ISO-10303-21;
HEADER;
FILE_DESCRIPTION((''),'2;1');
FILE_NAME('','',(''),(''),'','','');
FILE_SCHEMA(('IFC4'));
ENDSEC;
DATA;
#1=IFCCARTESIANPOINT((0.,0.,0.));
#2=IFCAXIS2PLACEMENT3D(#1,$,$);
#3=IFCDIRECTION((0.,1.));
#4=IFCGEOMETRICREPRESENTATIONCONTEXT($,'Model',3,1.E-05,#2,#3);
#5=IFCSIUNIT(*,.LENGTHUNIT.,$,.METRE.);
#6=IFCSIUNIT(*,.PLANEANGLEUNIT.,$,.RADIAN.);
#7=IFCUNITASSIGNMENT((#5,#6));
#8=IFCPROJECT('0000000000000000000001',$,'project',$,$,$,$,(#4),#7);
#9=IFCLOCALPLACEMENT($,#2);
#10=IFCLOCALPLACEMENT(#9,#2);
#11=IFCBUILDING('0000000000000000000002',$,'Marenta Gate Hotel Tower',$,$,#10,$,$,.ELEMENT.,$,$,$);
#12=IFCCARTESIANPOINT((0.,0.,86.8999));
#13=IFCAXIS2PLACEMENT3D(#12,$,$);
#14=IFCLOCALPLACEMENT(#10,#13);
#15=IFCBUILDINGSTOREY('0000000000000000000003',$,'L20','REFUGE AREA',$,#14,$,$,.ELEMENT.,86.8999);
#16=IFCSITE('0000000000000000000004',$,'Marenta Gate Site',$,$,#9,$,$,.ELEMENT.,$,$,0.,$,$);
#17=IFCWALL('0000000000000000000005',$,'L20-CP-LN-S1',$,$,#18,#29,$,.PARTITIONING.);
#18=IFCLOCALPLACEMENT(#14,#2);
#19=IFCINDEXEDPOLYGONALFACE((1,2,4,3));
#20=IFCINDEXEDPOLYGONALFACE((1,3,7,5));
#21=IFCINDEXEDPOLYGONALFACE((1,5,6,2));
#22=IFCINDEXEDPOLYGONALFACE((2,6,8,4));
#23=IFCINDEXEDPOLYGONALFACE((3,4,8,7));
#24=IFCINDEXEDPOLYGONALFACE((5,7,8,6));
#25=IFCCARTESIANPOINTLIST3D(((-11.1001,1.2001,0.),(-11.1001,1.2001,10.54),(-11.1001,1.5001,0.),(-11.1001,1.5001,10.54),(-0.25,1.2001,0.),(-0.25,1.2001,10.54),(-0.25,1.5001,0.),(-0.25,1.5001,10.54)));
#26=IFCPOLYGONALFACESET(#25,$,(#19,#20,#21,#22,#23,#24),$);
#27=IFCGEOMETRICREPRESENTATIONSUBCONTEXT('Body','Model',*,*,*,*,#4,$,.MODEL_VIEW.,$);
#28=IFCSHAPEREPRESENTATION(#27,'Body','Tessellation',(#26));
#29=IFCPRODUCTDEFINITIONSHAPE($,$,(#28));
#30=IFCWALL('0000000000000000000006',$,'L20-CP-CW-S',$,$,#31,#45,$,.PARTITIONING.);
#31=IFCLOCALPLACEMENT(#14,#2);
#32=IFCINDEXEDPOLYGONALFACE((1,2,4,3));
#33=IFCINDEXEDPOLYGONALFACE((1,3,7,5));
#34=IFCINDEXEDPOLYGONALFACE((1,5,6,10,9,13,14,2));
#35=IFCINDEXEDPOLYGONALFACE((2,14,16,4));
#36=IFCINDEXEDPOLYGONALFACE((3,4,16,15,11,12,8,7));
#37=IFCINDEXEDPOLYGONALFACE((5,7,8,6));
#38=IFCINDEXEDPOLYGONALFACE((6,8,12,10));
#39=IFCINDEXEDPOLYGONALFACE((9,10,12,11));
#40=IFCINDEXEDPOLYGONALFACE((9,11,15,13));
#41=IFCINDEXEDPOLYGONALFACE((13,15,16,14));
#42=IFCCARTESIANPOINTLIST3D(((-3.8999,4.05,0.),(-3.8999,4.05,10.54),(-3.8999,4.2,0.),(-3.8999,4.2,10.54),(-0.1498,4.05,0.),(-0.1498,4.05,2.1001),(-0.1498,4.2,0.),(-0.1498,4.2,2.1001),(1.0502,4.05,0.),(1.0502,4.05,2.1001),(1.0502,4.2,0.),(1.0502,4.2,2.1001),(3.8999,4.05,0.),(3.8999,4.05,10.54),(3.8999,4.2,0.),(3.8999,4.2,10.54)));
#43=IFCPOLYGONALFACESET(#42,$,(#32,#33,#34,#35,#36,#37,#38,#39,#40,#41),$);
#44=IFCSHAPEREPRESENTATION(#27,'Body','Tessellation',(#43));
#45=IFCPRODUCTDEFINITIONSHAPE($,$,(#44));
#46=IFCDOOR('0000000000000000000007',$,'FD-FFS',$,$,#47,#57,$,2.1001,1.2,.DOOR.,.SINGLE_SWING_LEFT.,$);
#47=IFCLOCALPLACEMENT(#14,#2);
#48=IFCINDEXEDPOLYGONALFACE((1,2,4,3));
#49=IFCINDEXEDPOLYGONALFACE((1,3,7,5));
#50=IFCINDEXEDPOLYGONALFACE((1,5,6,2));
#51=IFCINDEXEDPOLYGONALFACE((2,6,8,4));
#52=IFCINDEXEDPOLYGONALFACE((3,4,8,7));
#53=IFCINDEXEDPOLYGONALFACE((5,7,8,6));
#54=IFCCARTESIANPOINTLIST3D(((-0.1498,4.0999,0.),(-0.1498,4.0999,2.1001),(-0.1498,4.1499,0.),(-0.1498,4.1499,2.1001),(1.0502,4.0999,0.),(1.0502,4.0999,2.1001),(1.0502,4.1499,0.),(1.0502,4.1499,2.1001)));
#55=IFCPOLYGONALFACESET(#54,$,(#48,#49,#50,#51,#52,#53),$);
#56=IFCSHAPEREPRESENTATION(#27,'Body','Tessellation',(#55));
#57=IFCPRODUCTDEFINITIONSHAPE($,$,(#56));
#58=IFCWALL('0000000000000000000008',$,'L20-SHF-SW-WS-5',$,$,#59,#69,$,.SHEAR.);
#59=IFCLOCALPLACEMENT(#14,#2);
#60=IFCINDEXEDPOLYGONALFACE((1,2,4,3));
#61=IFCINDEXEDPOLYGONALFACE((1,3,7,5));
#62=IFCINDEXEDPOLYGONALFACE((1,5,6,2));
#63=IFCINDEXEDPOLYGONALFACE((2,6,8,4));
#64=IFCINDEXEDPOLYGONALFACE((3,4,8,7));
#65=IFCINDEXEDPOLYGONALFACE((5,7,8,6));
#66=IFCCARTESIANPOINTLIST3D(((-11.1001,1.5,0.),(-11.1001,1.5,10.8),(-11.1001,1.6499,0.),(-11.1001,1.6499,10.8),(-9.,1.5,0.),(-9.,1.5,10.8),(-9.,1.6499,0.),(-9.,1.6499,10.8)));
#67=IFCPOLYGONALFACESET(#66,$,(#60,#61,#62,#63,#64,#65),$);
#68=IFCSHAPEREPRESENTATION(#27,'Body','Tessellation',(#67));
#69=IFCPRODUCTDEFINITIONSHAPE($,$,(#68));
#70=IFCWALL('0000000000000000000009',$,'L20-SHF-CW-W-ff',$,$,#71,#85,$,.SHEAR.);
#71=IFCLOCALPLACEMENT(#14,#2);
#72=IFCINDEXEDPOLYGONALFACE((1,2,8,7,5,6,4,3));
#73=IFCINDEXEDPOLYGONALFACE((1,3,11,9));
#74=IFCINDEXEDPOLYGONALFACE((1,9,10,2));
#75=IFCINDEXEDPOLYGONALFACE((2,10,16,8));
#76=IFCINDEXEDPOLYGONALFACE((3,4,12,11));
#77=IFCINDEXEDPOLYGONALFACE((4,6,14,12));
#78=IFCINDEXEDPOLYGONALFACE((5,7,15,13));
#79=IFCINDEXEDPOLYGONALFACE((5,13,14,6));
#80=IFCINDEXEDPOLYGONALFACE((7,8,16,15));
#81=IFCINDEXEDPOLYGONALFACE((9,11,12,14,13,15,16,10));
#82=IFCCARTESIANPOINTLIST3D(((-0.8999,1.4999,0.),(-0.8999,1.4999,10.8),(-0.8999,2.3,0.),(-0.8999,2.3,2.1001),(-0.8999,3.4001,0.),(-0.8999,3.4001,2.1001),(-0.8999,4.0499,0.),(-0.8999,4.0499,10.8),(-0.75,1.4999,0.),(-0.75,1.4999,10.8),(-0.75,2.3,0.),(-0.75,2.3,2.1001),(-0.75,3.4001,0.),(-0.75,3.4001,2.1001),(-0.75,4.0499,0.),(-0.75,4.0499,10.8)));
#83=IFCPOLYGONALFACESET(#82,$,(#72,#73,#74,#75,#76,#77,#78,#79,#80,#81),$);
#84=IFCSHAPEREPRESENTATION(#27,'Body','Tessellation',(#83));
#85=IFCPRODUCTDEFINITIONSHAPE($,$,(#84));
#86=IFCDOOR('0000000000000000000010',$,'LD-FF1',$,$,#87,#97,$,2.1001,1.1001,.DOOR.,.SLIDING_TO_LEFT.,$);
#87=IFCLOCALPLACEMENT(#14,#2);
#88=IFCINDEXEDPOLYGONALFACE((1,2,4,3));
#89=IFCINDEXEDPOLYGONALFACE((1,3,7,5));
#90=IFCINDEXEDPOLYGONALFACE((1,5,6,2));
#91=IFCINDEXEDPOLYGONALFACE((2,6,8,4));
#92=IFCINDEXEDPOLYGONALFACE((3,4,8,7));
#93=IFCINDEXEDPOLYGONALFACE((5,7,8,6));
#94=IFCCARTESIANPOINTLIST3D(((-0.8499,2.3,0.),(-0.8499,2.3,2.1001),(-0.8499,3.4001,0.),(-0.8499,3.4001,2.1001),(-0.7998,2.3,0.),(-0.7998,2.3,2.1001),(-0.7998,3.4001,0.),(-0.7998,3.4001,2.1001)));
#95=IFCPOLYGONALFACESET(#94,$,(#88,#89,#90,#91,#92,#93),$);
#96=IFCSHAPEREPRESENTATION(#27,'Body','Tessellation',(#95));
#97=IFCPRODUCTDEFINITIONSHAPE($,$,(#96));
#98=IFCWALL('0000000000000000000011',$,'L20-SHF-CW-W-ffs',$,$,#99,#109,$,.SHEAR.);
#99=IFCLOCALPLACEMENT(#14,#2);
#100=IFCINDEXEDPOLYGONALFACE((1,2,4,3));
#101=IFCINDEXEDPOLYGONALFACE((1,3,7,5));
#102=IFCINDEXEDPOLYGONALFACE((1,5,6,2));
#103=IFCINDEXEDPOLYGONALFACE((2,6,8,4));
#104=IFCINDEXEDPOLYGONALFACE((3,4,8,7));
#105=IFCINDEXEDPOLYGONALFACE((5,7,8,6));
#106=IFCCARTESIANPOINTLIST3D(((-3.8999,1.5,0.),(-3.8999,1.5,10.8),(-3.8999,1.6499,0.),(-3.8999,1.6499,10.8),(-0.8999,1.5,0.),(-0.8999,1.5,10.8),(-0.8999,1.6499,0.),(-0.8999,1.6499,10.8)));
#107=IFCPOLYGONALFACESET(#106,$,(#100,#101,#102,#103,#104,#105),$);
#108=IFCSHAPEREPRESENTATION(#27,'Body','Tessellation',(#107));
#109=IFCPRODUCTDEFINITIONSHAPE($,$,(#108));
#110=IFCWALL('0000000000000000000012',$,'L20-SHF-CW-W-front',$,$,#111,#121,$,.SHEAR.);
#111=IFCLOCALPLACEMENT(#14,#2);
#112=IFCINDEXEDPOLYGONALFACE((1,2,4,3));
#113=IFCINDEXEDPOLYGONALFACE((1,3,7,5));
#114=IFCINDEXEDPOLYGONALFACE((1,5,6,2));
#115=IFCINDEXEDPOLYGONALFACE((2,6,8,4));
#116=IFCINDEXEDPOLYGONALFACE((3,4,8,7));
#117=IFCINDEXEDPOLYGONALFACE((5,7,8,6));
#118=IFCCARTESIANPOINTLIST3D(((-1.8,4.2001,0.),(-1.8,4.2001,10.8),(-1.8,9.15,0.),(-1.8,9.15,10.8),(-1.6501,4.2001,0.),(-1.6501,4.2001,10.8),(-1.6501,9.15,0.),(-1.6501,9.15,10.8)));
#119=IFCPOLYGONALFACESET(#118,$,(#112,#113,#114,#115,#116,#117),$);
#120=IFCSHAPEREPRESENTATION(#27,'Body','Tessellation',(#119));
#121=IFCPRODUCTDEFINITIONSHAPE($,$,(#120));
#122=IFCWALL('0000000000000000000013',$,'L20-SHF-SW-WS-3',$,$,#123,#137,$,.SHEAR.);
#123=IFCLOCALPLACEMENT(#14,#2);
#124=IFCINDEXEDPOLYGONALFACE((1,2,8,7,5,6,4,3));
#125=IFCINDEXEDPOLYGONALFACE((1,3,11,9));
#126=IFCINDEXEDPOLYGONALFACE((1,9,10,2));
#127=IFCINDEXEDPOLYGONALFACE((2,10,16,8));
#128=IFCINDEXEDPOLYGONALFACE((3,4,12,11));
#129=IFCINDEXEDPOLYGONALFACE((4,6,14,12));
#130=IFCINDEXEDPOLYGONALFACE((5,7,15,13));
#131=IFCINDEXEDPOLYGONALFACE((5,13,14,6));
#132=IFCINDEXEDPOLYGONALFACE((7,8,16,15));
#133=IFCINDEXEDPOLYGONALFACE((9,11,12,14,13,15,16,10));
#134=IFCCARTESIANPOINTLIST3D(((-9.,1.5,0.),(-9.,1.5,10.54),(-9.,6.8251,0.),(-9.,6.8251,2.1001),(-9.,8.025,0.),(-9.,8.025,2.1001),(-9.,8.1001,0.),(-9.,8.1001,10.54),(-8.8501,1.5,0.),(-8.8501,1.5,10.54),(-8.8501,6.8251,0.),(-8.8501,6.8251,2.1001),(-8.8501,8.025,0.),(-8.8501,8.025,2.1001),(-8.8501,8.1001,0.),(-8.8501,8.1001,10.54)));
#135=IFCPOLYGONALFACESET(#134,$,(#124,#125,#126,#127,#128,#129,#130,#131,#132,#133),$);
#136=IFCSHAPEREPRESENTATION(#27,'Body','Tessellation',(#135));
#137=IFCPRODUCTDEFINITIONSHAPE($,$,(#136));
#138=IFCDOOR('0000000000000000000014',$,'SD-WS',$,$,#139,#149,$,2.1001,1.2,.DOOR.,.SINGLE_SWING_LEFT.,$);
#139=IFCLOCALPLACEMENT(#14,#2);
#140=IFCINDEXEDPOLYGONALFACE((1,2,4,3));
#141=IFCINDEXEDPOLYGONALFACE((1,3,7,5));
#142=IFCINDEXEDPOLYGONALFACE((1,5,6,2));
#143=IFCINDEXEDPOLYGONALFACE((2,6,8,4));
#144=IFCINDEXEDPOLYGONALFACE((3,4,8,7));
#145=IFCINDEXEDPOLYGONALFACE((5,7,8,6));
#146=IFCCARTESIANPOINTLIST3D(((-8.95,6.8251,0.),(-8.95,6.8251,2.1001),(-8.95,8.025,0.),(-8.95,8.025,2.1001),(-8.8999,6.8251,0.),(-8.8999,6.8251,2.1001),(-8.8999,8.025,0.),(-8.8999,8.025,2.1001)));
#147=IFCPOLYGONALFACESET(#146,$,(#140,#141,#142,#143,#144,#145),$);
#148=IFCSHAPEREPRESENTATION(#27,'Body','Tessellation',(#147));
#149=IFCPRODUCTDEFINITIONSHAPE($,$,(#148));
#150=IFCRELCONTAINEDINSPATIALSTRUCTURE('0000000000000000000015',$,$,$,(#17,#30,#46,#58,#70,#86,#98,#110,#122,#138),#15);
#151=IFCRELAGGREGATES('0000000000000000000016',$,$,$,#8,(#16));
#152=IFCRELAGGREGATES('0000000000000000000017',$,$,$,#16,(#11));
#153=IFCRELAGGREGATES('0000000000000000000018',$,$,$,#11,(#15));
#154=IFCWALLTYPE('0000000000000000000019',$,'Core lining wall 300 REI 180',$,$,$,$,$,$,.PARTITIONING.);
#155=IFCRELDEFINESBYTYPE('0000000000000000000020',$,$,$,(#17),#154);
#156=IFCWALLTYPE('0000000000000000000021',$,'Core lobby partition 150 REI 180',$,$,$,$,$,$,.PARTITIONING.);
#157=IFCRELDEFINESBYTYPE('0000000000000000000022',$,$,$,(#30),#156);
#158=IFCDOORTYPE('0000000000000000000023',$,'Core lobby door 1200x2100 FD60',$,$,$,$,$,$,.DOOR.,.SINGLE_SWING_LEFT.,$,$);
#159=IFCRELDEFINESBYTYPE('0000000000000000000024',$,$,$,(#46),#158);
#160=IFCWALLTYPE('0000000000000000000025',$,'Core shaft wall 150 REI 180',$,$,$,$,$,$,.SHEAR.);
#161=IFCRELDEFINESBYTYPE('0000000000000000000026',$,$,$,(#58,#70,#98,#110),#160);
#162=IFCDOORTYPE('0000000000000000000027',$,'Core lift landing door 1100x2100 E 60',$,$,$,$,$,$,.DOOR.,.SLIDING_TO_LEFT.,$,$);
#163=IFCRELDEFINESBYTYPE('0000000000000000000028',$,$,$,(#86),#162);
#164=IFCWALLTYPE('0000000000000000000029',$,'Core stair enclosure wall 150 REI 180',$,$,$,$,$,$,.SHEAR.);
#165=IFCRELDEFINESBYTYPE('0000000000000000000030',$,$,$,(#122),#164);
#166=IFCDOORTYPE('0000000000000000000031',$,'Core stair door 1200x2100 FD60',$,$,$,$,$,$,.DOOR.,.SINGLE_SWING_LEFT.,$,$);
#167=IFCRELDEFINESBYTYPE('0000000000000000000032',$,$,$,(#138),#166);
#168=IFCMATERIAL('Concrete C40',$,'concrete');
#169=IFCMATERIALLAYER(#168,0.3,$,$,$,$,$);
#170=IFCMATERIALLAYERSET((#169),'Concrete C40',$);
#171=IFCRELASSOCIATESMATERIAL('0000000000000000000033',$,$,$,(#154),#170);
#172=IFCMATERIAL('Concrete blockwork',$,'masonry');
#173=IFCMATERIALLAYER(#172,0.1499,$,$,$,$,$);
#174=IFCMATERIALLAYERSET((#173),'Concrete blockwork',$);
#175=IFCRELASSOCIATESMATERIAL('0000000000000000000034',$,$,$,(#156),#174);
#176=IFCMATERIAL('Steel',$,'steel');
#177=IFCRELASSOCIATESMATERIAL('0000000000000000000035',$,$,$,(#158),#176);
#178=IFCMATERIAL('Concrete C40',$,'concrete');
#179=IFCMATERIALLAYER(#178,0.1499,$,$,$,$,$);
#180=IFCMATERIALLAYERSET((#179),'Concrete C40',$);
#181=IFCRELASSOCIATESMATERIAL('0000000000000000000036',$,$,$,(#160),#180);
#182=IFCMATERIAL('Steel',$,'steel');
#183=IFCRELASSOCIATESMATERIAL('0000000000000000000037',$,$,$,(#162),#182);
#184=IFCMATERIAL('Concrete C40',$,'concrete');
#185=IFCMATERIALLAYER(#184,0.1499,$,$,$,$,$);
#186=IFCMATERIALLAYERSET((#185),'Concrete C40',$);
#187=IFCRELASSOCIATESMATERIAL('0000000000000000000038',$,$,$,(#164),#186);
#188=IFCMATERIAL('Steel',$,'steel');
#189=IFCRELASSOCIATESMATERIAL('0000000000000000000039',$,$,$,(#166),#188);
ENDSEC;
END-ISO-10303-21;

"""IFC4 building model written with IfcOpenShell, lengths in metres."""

from ifc_helpers import new_model, si_unit, direction, frame, frame_2d, origin, place, context, subcontext, project, spatial, rectangle, extrude, material, layer, layer_set, type_object, element, fill, save


model = new_model("IFC4")

# Units and contexts
model_context = context("Model", 3, precision=1e-05, world=origin(), true_north=direction((0.0, 1.0)))
body_context = subcontext(model_context, "Body", "Model", "MODEL_VIEW")
ifc_project = project(units=[si_unit("LENGTHUNIT", "METRE"), si_unit("PLANEANGLEUNIT", "RADIAN")], contexts=[model_context])

# Site, building, storey
site_placement = place(None, origin())
site = spatial("IfcSite", under=ifc_project, at=site_placement, Name="Marenta Gate Site", CompositionType="ELEMENT", RefElevation=0.0)
building_placement = place(site_placement, origin())
building = spatial("IfcBuilding", under=site, at=building_placement, Name="Marenta Gate Hotel Tower", CompositionType="ELEMENT")
storey_placement = place(building_placement, frame((0.0, 0.0, 86.8999)))
storey = spatial("IfcBuildingStorey", under=building, at=storey_placement, Name="L20", Description="REFUGE AREA", CompositionType="ELEMENT", Elevation=86.8999)

# Wall
ifc_material_1 = material(Name="Concrete C40", Category="concrete")
ifc_layer_1 = layer(ifc_material_1, 0.3)
ifc_layer_set_1 = layer_set([ifc_layer_1], Name="Concrete C40")
wall_type_1 = type_object("IfcWallType", Name="Core lining wall 300 REI 180", PredefinedType="PARTITIONING", material=ifc_layer_set_1)
wall_1_placement = place(storey_placement, frame((-11.1001, 1.3501, 0.0), z_axis=(0.0, 0.0, 1.0), x_axis=(1.0, 0.0, 0.0)))
element("IfcWall", 1, at=wall_1_placement, inside=storey, type_object=wall_type_1, Name="L20-CP-LN-S1", PredefinedType="PARTITIONING", context=body_context, shape_type="SweptSolid", body=[
    extrude(rectangle(XDim=10.8501, YDim=0.3, at=frame_2d((5.425, 0.0))), origin(), (0.0, 0.0, 1.0), 10.54),
])

# Wall, opening, door
ifc_material_2 = material(Name="Concrete blockwork", Category="masonry")
ifc_layer_2 = layer(ifc_material_2, 0.1499)
ifc_layer_set_2 = layer_set([ifc_layer_2], Name="Concrete blockwork")
wall_type_2 = type_object("IfcWallType", Name="Core lobby partition 150 REI 180", PredefinedType="PARTITIONING", material=ifc_layer_set_2)
wall_2_placement = place(storey_placement, frame((-3.8999, 4.125, 0.0), z_axis=(0.0, 0.0, 1.0), x_axis=(1.0, 0.0, 0.0)))
wall_2 = element("IfcWall", 2, at=wall_2_placement, inside=storey, type_object=wall_type_2, Name="L20-CP-CW-S", PredefinedType="PARTITIONING", context=body_context, shape_type="SweptSolid", body=[
    extrude(rectangle(XDim=7.7998, YDim=0.1499, at=frame_2d((3.8999, 0.0))), origin(), (0.0, 0.0, 1.0), 10.54),
])
opening_1_placement = place(wall_2_placement, frame((3.75, 0.0, 0.0)))
opening_1 = element("IfcOpeningElement", 3, at=opening_1_placement, cuts=wall_2, PredefinedType="OPENING", context=body_context, shape_type="SweptSolid", body=[
    extrude(rectangle(XDim=1.2, YDim=2.1001, at=frame_2d((0.6001, 1.05))), frame((0.0, 0.075, 0.0), z_axis=(0.0, -1.0, 0.0), x_axis=(1.0, 0.0, 0.0)), (0.0, 0.0, 1.0), 0.1499),
])
ifc_material_3 = material(Name="Steel", Category="steel")
door_type_1 = type_object("IfcDoorType", Name="Core lobby door 1200x2100 FD60", OperationType="SINGLE_SWING_LEFT", PredefinedType="DOOR", material=ifc_material_3)
door_1_placement = place(opening_1_placement, origin())
door_1 = element("IfcDoor", 4, at=door_1_placement, inside=storey, type_object=door_type_1, Name="FD-FFS", OperationType="SINGLE_SWING_LEFT", OverallHeight=2.1001, OverallWidth=1.2, PredefinedType="DOOR", context=body_context, shape_type="SweptSolid", body=[
    extrude(rectangle(XDim=1.2, YDim=2.1001, at=frame_2d((0.6001, 1.05))), frame((0.0, 0.0249, 0.0), z_axis=(0.0, -1.0, 0.0), x_axis=(1.0, 0.0, 0.0)), (0.0, 0.0, 1.0), 0.05),
])
fill(opening_1, door_1)

# Wall
ifc_material_4 = material(Name="Concrete C40", Category="concrete")
ifc_layer_3 = layer(ifc_material_4, 0.1499)
ifc_layer_set_3 = layer_set([ifc_layer_3], Name="Concrete C40")
wall_type_3 = type_object("IfcWallType", Name="Core shaft wall 150 REI 180", PredefinedType="SHEAR", material=ifc_layer_set_3)
wall_3_placement = place(storey_placement, frame((-11.1001, 1.575, 0.0), z_axis=(0.0, 0.0, 1.0), x_axis=(1.0, 0.0, 0.0)))
element("IfcWall", 5, at=wall_3_placement, inside=storey, type_object=wall_type_3, Name="L20-SHF-SW-WS-5", PredefinedType="SHEAR", context=body_context, shape_type="SweptSolid", body=[
    extrude(rectangle(XDim=2.1001, YDim=0.1499, at=frame_2d((1.05, 0.0))), origin(), (0.0, 0.0, 1.0), 10.8),
])

# Wall, opening, door
wall_4_placement = place(storey_placement, frame((-0.825, 1.5, 0.0), z_axis=(0.0, 0.0, 1.0), x_axis=(0.0, 1.0, 0.0)))
wall_4 = element("IfcWall", 6, at=wall_4_placement, inside=storey, type_object=wall_type_3, Name="L20-SHF-CW-W-ff", PredefinedType="SHEAR", context=body_context, shape_type="SweptSolid", body=[
    extrude(rectangle(XDim=2.55, YDim=0.1499, at=frame_2d((1.2749, 0.0))), origin(), (0.0, 0.0, 1.0), 10.8),
])
opening_2_placement = place(wall_4_placement, frame((0.8, 0.0, 0.0)))
opening_2 = element("IfcOpeningElement", 7, at=opening_2_placement, cuts=wall_4, PredefinedType="OPENING", context=body_context, shape_type="SweptSolid", body=[
    extrude(rectangle(XDim=1.1001, YDim=2.1001, at=frame_2d((0.55, 1.05))), frame((0.0, 0.075, 0.0), z_axis=(0.0, -1.0, 0.0), x_axis=(1.0, 0.0, 0.0)), (0.0, 0.0, 1.0), 0.1499),
])
ifc_material_5 = material(Name="Steel", Category="steel")
door_type_2 = type_object("IfcDoorType", Name="Core lift landing door 1100x2100 E 60", OperationType="SLIDING_TO_LEFT", PredefinedType="DOOR", material=ifc_material_5)
door_2_placement = place(opening_2_placement, origin())
door_2 = element("IfcDoor", 8, at=door_2_placement, inside=storey, type_object=door_type_2, Name="LD-FF1", OperationType="SLIDING_TO_LEFT", OverallHeight=2.1001, OverallWidth=1.1001, PredefinedType="DOOR", context=body_context, shape_type="SweptSolid", body=[
    extrude(rectangle(XDim=1.1001, YDim=2.1001, at=frame_2d((0.55, 1.05))), frame((0.0, 0.0249, 0.0), z_axis=(0.0, -1.0, 0.0), x_axis=(1.0, 0.0, 0.0)), (0.0, 0.0, 1.0), 0.05),
])
fill(opening_2, door_2)

# Walls
wall_5_placement = place(storey_placement, frame((-3.8999, 1.575, 0.0), z_axis=(0.0, 0.0, 1.0), x_axis=(1.0, 0.0, 0.0)))
element("IfcWall", 9, at=wall_5_placement, inside=storey, type_object=wall_type_3, Name="L20-SHF-CW-W-ffs", PredefinedType="SHEAR", context=body_context, shape_type="SweptSolid", body=[
    extrude(rectangle(XDim=3.0, YDim=0.1499, at=frame_2d((1.5, 0.0))), origin(), (0.0, 0.0, 1.0), 10.8),
])
wall_6_placement = place(storey_placement, frame((-1.7251, 4.2, 0.0), z_axis=(0.0, 0.0, 1.0), x_axis=(0.0, 1.0, 0.0)))
element("IfcWall", 10, at=wall_6_placement, inside=storey, type_object=wall_type_3, Name="L20-SHF-CW-W-front", PredefinedType="SHEAR", context=body_context, shape_type="SweptSolid", body=[
    extrude(rectangle(XDim=4.95, YDim=0.1499, at=frame_2d((2.4751, 0.0))), origin(), (0.0, 0.0, 1.0), 10.8),
])

# Wall, opening, door
ifc_material_6 = material(Name="Concrete C40", Category="concrete")
ifc_layer_4 = layer(ifc_material_6, 0.1499)
ifc_layer_set_4 = layer_set([ifc_layer_4], Name="Concrete C40")
wall_type_4 = type_object("IfcWallType", Name="Core stair enclosure wall 150 REI 180", PredefinedType="SHEAR", material=ifc_layer_set_4)
wall_7_placement = place(storey_placement, frame((-8.925, 1.5, 0.0), z_axis=(0.0, 0.0, 1.0), x_axis=(0.0, 1.0, 0.0)))
wall_7 = element("IfcWall", 11, at=wall_7_placement, inside=storey, type_object=wall_type_4, Name="L20-SHF-SW-WS-3", PredefinedType="SHEAR", context=body_context, shape_type="SweptSolid", body=[
    extrude(rectangle(XDim=6.6001, YDim=0.1499, at=frame_2d((3.3, 0.0))), origin(), (0.0, 0.0, 1.0), 10.54),
])
opening_3_placement = place(wall_7_placement, frame((5.325, 0.0, 0.0)))
opening_3 = element("IfcOpeningElement", 12, at=opening_3_placement, cuts=wall_7, PredefinedType="OPENING", context=body_context, shape_type="SweptSolid", body=[
    extrude(rectangle(XDim=1.2, YDim=2.1001, at=frame_2d((0.6001, 1.05))), frame((0.0, 0.075, 0.0), z_axis=(0.0, -1.0, 0.0), x_axis=(1.0, 0.0, 0.0)), (0.0, 0.0, 1.0), 0.1499),
])
ifc_material_7 = material(Name="Steel", Category="steel")
door_type_3 = type_object("IfcDoorType", Name="Core stair door 1200x2100 FD60", OperationType="SINGLE_SWING_LEFT", PredefinedType="DOOR", material=ifc_material_7)
door_3_placement = place(opening_3_placement, origin())
door_3 = element("IfcDoor", 13, at=door_3_placement, inside=storey, type_object=door_type_3, Name="SD-WS", OperationType="SINGLE_SWING_LEFT", OverallHeight=2.1001, OverallWidth=1.2, PredefinedType="DOOR", context=body_context, shape_type="SweptSolid", body=[
    extrude(rectangle(XDim=1.2, YDim=2.1001, at=frame_2d((0.6001, 1.05))), frame((0.0, 0.0249, 0.0), z_axis=(0.0, -1.0, 0.0), x_axis=(1.0, 0.0, 0.0)), (0.0, 0.0, 1.0), 0.05),
])
fill(opening_3, door_3)

save(model, "model.ifc")
